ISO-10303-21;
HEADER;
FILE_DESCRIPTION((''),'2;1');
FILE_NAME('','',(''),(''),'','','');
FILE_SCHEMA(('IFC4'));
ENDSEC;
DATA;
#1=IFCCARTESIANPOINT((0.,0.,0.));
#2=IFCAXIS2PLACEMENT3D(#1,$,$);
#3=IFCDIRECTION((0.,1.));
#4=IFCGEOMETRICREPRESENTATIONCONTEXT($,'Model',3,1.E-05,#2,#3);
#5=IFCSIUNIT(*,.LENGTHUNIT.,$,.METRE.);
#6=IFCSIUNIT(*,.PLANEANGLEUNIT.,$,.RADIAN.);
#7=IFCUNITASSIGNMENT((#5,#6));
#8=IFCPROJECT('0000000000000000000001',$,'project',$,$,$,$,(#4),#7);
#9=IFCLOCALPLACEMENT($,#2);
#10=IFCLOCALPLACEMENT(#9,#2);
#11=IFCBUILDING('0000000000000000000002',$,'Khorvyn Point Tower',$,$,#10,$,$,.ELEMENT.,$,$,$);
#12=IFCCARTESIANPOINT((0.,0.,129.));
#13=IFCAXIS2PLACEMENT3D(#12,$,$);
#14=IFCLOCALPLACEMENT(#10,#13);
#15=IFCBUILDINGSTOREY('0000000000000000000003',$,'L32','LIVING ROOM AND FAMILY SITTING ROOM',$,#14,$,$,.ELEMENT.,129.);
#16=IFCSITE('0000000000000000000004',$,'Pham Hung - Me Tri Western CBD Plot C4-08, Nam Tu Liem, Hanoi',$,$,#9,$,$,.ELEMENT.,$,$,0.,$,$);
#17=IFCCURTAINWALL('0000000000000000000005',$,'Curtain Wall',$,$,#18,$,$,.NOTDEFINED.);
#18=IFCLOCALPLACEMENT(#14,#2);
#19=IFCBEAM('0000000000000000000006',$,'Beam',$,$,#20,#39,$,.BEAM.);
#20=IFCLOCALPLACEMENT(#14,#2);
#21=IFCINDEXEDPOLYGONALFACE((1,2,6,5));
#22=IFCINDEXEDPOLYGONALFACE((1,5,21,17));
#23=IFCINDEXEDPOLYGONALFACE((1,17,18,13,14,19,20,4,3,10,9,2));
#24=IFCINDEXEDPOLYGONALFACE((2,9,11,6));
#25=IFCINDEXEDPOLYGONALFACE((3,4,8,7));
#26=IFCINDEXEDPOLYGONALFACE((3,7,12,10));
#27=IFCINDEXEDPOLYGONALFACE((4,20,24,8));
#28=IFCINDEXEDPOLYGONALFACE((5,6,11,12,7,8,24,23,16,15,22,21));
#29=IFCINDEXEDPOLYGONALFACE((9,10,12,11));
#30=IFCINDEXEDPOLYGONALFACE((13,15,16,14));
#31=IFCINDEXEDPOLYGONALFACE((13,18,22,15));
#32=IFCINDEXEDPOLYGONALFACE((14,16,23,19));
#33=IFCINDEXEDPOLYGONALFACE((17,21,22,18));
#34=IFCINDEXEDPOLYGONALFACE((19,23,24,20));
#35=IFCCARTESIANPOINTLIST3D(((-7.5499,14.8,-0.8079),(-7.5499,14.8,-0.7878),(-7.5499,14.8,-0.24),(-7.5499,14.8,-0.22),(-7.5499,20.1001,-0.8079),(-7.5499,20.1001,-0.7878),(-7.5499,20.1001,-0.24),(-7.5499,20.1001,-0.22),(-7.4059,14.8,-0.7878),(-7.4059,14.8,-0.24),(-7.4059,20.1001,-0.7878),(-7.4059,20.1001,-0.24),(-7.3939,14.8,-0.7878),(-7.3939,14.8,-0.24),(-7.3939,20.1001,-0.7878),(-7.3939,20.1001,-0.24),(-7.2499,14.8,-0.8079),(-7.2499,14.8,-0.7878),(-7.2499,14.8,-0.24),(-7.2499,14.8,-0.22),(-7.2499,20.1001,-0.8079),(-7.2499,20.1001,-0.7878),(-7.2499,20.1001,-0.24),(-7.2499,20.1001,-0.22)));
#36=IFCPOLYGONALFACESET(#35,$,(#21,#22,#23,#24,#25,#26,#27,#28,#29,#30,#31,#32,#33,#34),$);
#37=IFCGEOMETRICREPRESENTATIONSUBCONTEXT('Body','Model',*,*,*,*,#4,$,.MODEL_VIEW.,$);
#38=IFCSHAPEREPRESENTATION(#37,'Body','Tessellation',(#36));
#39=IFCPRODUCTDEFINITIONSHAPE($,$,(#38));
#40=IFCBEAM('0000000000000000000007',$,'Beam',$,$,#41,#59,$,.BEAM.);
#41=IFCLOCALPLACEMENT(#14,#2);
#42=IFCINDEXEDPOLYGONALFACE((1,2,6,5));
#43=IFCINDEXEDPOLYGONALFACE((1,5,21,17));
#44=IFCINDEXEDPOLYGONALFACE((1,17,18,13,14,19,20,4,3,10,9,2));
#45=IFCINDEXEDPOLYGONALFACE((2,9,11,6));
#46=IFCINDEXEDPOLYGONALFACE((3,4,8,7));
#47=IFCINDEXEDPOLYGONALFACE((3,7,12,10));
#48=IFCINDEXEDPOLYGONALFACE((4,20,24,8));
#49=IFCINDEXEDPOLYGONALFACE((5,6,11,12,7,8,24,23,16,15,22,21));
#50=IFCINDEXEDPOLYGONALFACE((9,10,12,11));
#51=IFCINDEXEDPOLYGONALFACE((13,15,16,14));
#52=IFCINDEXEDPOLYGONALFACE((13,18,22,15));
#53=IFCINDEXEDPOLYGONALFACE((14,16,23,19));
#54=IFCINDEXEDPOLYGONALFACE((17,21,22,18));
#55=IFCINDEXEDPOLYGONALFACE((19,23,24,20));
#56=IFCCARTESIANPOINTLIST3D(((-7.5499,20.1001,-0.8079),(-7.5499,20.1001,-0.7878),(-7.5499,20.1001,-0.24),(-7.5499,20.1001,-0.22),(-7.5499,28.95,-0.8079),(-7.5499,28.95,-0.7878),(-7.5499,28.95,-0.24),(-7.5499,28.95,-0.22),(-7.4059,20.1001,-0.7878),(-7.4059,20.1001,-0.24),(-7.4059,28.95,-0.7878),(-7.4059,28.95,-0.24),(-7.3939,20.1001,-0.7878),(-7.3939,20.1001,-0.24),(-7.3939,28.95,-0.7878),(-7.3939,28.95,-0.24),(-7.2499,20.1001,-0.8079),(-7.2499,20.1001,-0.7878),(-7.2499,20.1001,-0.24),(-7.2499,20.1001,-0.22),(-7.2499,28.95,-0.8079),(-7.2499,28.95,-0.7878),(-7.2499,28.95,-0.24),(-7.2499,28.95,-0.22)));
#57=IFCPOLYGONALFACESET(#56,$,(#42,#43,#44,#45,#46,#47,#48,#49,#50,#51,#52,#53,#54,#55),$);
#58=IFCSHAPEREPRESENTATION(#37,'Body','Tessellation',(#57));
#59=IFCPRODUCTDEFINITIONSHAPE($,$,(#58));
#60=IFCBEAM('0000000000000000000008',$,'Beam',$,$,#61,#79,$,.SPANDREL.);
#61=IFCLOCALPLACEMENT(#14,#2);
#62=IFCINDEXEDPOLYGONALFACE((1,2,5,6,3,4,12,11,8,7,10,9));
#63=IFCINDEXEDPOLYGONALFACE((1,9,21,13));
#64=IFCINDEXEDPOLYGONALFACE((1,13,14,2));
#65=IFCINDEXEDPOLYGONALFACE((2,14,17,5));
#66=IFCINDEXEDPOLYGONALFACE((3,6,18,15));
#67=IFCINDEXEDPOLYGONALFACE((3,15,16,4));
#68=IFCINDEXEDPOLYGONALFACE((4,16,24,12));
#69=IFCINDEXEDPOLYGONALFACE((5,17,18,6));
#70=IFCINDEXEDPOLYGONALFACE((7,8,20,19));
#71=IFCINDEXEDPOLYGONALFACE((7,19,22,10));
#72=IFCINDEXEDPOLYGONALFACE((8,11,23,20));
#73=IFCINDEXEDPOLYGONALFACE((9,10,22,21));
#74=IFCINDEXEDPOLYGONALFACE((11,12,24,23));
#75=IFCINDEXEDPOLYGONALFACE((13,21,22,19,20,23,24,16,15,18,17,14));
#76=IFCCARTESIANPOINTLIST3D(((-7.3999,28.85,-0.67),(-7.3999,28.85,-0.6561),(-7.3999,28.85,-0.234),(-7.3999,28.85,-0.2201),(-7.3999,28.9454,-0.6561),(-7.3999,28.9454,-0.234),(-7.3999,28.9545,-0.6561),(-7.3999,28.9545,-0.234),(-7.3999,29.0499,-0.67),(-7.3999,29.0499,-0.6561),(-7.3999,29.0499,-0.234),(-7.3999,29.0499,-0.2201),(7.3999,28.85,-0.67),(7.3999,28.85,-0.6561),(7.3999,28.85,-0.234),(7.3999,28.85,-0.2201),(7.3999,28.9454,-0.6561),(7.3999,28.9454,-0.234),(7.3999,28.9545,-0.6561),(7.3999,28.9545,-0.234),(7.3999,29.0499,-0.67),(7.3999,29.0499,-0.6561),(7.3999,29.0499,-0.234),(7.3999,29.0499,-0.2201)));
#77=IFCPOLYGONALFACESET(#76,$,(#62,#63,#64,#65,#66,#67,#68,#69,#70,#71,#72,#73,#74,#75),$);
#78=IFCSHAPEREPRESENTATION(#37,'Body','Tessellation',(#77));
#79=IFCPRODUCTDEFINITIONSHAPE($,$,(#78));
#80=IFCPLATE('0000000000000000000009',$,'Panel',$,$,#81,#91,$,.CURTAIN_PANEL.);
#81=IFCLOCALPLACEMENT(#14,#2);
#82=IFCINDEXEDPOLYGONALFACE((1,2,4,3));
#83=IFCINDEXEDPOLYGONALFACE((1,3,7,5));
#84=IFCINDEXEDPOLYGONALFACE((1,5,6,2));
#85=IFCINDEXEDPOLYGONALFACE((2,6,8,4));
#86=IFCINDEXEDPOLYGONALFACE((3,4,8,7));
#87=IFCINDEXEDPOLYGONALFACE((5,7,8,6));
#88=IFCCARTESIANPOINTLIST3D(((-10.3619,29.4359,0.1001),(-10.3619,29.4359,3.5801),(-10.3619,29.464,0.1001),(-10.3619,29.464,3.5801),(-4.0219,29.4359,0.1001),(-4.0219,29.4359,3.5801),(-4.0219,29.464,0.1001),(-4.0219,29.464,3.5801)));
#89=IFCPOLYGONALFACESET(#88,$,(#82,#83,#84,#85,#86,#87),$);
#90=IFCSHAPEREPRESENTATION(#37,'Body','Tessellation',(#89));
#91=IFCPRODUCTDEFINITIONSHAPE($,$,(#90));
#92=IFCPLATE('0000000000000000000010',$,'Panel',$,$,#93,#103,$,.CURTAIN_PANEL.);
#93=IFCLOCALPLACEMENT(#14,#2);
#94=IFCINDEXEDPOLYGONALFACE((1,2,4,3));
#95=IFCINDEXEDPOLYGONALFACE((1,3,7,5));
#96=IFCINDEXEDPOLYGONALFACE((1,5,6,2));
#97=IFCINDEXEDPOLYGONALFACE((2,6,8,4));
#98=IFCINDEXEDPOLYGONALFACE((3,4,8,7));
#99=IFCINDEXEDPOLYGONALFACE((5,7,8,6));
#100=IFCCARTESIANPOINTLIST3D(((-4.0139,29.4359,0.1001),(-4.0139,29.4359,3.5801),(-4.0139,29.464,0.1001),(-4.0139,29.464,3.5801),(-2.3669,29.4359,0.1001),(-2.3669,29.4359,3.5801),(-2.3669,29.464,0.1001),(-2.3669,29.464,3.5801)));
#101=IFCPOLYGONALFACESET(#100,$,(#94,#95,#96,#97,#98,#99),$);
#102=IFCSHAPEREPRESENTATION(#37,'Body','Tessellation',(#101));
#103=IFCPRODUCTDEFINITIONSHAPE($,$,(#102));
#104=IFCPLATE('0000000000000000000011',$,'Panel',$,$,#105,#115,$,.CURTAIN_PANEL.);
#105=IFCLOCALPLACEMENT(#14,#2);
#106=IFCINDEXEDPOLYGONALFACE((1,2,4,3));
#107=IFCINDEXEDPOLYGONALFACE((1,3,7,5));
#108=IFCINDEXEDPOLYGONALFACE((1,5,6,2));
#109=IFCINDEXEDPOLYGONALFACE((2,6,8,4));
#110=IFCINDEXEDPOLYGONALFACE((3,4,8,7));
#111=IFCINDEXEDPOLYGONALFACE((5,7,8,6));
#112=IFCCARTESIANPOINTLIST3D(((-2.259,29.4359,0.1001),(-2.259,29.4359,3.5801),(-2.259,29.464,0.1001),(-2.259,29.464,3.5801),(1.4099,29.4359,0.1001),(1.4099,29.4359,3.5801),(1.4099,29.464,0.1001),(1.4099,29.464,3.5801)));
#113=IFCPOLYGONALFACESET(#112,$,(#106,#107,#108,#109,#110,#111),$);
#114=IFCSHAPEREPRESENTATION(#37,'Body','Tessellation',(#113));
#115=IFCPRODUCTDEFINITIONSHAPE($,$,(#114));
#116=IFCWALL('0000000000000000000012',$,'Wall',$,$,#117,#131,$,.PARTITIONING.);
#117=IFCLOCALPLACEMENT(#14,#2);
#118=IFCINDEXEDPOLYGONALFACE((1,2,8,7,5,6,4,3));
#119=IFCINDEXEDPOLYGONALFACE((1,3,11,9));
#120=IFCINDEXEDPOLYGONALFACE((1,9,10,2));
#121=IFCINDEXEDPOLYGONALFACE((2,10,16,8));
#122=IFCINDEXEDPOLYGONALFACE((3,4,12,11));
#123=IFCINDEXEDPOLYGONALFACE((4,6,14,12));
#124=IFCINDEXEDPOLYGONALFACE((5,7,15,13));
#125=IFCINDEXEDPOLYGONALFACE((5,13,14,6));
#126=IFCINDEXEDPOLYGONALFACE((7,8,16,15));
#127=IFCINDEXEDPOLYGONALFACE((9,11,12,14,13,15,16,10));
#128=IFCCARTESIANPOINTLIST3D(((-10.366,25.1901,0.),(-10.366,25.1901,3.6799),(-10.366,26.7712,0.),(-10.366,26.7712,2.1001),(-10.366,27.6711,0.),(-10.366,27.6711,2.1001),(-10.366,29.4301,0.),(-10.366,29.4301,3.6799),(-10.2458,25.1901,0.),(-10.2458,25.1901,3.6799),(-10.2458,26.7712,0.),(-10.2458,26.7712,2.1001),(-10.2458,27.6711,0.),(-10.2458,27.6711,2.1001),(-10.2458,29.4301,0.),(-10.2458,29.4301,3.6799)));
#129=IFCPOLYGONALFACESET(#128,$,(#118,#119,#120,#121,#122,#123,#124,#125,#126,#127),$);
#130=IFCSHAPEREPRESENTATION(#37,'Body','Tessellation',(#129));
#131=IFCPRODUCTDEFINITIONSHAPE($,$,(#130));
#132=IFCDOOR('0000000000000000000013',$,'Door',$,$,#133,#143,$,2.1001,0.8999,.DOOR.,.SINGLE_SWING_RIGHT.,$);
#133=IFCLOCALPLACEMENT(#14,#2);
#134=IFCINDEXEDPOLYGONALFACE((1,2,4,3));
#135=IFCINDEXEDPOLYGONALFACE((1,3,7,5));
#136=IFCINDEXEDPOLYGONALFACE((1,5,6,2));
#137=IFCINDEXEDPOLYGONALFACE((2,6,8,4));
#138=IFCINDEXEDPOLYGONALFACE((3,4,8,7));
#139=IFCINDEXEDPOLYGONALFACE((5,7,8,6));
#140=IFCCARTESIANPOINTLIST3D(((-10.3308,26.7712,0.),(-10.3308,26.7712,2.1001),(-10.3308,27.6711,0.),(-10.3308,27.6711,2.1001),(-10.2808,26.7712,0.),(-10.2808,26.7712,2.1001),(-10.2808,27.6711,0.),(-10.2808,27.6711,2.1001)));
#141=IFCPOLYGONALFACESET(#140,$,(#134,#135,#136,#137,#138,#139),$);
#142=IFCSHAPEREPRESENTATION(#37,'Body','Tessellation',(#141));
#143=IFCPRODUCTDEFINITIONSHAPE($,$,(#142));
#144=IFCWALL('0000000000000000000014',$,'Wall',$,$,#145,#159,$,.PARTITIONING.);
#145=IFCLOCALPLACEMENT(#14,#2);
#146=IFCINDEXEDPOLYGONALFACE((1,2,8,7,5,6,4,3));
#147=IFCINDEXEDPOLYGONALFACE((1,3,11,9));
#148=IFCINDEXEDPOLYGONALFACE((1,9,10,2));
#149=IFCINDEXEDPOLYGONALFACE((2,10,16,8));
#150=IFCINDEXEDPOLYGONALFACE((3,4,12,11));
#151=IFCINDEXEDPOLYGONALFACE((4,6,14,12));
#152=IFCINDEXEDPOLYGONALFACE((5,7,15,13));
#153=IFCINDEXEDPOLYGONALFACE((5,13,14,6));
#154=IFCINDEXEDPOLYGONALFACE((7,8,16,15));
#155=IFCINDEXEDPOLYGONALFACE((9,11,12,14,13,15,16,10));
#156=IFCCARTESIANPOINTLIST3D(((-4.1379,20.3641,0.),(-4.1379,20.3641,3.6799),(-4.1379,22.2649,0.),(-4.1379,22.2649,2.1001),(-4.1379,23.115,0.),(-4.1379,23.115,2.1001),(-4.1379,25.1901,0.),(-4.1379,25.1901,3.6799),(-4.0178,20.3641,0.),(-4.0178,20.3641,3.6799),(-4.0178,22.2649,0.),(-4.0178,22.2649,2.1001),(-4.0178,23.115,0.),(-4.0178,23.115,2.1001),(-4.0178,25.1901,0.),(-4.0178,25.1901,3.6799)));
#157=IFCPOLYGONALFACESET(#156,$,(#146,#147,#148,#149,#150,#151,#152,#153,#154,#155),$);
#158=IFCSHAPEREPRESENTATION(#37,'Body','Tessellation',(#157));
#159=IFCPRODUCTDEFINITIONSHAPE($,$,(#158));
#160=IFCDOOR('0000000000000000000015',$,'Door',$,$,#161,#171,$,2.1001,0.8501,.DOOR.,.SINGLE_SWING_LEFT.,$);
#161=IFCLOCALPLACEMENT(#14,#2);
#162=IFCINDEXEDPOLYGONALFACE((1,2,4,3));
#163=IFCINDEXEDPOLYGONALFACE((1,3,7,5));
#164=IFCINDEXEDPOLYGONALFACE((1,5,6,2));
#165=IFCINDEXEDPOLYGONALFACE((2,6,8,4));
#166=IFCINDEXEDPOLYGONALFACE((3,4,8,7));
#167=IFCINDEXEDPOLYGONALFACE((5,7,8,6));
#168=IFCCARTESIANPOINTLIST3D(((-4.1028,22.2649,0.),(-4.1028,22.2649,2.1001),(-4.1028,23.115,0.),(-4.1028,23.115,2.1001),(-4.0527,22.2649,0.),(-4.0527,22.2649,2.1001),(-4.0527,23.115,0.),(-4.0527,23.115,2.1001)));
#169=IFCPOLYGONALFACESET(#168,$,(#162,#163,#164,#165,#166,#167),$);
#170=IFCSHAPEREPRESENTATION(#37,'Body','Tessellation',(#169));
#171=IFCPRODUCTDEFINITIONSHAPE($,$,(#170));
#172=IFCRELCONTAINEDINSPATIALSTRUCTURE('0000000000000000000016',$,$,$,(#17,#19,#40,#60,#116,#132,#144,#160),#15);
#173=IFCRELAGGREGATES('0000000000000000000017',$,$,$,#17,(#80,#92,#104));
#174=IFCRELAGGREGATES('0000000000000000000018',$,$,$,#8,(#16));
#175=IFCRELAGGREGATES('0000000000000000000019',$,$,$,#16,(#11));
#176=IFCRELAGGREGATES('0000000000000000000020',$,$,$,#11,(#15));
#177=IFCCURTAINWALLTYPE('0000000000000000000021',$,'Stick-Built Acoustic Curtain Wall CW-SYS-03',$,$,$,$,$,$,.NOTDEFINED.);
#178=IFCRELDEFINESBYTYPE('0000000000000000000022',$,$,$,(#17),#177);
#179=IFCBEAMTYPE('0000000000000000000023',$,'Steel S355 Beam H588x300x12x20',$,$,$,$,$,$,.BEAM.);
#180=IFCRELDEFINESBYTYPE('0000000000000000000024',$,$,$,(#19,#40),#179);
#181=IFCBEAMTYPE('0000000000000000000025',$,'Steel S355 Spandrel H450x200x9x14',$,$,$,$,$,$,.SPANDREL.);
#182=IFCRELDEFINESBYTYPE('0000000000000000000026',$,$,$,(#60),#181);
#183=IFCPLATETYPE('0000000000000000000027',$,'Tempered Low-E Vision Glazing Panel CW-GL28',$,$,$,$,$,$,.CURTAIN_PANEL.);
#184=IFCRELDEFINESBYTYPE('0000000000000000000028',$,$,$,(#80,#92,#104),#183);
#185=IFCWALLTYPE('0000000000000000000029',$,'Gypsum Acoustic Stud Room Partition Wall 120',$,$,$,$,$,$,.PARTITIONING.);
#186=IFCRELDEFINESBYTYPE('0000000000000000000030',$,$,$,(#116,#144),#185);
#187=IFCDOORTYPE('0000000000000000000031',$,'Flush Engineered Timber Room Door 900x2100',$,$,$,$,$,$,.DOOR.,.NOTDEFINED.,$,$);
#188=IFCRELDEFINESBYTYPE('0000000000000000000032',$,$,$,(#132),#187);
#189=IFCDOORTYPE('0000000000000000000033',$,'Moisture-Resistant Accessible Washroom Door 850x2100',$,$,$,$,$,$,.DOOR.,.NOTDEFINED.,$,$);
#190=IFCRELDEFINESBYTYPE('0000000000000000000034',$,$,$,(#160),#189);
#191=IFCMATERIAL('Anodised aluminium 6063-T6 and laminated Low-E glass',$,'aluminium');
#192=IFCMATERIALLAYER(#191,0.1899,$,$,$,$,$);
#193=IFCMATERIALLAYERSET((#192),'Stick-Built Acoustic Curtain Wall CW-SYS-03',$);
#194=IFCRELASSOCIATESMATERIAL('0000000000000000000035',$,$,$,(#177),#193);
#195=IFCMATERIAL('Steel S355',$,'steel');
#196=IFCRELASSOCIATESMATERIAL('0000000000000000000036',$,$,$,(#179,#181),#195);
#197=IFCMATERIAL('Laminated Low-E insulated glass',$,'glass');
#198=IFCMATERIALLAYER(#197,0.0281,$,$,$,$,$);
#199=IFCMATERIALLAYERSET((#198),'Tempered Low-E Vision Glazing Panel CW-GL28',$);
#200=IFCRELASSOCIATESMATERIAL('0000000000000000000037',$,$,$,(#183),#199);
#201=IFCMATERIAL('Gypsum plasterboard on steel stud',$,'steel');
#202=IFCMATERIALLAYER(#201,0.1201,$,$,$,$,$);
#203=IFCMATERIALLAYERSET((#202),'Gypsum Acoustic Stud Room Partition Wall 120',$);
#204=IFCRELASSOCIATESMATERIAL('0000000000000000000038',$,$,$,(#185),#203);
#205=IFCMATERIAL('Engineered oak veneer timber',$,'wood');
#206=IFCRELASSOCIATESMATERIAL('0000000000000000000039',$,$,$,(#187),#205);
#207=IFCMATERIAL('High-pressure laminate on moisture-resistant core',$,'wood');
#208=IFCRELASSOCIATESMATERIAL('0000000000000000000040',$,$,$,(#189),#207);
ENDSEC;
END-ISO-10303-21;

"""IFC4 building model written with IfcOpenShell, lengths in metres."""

from ifc_helpers import new_model, si_unit, direction, frame, frame_2d, origin, origin_2d, place, context, subcontext, project, spatial, rectangle, i_section, extrude, material, layer, layer_set, material_profile, profile_set, type_object, element, fill, aggregate, save


model = new_model("IFC4")

# Units and contexts
model_context = context("Model", 3, precision=1e-05, world=origin(), true_north=direction((0.0, 1.0)))
body_context = subcontext(model_context, "Body", "Model", "MODEL_VIEW")
ifc_project = project(units=[si_unit("LENGTHUNIT", "METRE"), si_unit("PLANEANGLEUNIT", "RADIAN")], contexts=[model_context])

# Site, building, storey
site_placement = place(None, origin())
site = spatial("IfcSite", under=ifc_project, at=site_placement, Name="Pham Hung - Me Tri Western CBD Plot C4-08, Nam Tu Liem, Hanoi", CompositionType="ELEMENT", RefElevation=0.0)
building_placement = place(site_placement, origin())
building = spatial("IfcBuilding", under=site, at=building_placement, Name="Khorvyn Point Tower", CompositionType="ELEMENT")
storey_placement = place(building_placement, frame((0.0, 0.0, 129.0)))
storey = spatial("IfcBuildingStorey", under=building, at=storey_placement, Name="L32", Description="LIVING ROOM AND FAMILY SITTING ROOM", CompositionType="ELEMENT", Elevation=129.0)

# Curtain wall
ifc_material_1 = material(Name="Anodised aluminium 6063-T6 and laminated Low-E glass", Category="aluminium")
ifc_layer_1 = layer(ifc_material_1, 0.1899)
ifc_layer_set_1 = layer_set([ifc_layer_1], Name="Stick-Built Acoustic Curtain Wall CW-SYS-03")
curtain_wall_type = type_object("IfcCurtainWallType", Name="Stick-Built Acoustic Curtain Wall CW-SYS-03", PredefinedType="NOTDEFINED", material=ifc_layer_set_1)
curtain_wall_placement = place(storey_placement, origin())
curtain_wall = element("IfcCurtainWall", 1, at=curtain_wall_placement, inside=storey, type_object=curtain_wall_type, Name="Curtain Wall", PredefinedType="NOTDEFINED")

# Beams
ifc_material_2 = material(Name="Steel S355", Category="steel")
ifc_material_profile_1 = material_profile(ifc_material_2, i_section(OverallWidth=0.3, OverallDepth=0.5879, WebThickness=0.012, FlangeThickness=0.02, at=origin_2d()))
ifc_profile_set_1 = profile_set([ifc_material_profile_1], Name="Steel S355 H588x300x12x20")
beam_type_1 = type_object("IfcBeamType", Name="Steel S355 Beam H588x300x12x20", PredefinedType="BEAM", material=ifc_profile_set_1)
beam_1_placement = place(storey_placement, frame((-7.3999, 14.8, -0.5139), z_axis=(0.0, 1.0, 0.0), x_axis=(-1.0, 0.0, 0.0)))
element("IfcBeam", 2, at=beam_1_placement, inside=storey, type_object=beam_type_1, Name="Beam", PredefinedType="BEAM", context=body_context, shape_type="SweptSolid", body=[
    extrude(i_section(OverallWidth=0.3, OverallDepth=0.5879, WebThickness=0.012, FlangeThickness=0.02, at=origin_2d()), origin(), (0.0, 0.0, 1.0), 5.3),
])
beam_2_placement = place(storey_placement, frame((-7.3999, 20.1001, -0.5139), z_axis=(0.0, 1.0, 0.0), x_axis=(-1.0, 0.0, 0.0)))
element("IfcBeam", 3, at=beam_2_placement, inside=storey, type_object=beam_type_1, Name="Beam", PredefinedType="BEAM", context=body_context, shape_type="SweptSolid", body=[
    extrude(i_section(OverallWidth=0.3, OverallDepth=0.5879, WebThickness=0.012, FlangeThickness=0.02, at=origin_2d()), origin(), (0.0, 0.0, 1.0), 8.8499),
])
ifc_material_profile_2 = material_profile(ifc_material_2, i_section(OverallWidth=0.2, OverallDepth=0.45, WebThickness=0.009, FlangeThickness=0.0139, at=origin_2d()))
ifc_profile_set_2 = profile_set([ifc_material_profile_2], Name="Steel S355 H450x200x9x14")
beam_type_2 = type_object("IfcBeamType", Name="Steel S355 Spandrel H450x200x9x14", PredefinedType="SPANDREL", material=ifc_profile_set_2)
beam_3_placement = place(storey_placement, frame((-7.3999, 28.95, -0.4451), z_axis=(1.0, 0.0, 0.0), x_axis=(0.0, 1.0, 0.0)))
element("IfcBeam", 4, at=beam_3_placement, inside=storey, type_object=beam_type_2, Name="Beam", PredefinedType="SPANDREL", context=body_context, shape_type="SweptSolid", body=[
    extrude(i_section(OverallWidth=0.2, OverallDepth=0.45, WebThickness=0.009, FlangeThickness=0.0139, at=origin_2d()), origin(), (0.0, 0.0, 1.0), 14.7998),
])

# Plates
ifc_material_3 = material(Name="Laminated Low-E insulated glass", Category="glass")
ifc_layer_2 = layer(ifc_material_3, 0.0281)
ifc_layer_set_2 = layer_set([ifc_layer_2], Name="Tempered Low-E Vision Glazing Panel CW-GL28")
plate_type = type_object("IfcPlateType", Name="Tempered Low-E Vision Glazing Panel CW-GL28", PredefinedType="CURTAIN_PANEL", material=ifc_layer_set_2)
plate_1_placement = place(storey_placement, frame((-7.1919, 29.45, 0.1001), z_axis=(0.0, 0.0, 1.0), x_axis=(1.0, 0.0, 0.0)))
plate_1 = element("IfcPlate", 5, at=plate_1_placement, type_object=plate_type, Name="Panel", PredefinedType="CURTAIN_PANEL", context=body_context, shape_type="SweptSolid", body=[
    extrude(rectangle(XDim=6.3401, YDim=0.0281, at=origin_2d()), origin(), (0.0, 0.0, 1.0), 3.48),
])
plate_2_placement = place(storey_placement, frame((-3.1904, 29.45, 0.1001), z_axis=(0.0, 0.0, 1.0), x_axis=(1.0, 0.0, 0.0)))
plate_2 = element("IfcPlate", 6, at=plate_2_placement, type_object=plate_type, Name="Panel", PredefinedType="CURTAIN_PANEL", context=body_context, shape_type="SweptSolid", body=[
    extrude(rectangle(XDim=1.647, YDim=0.0281, at=origin_2d()), origin(), (0.0, 0.0, 1.0), 3.48),
])
plate_3_placement = place(storey_placement, frame((-0.4246, 29.45, 0.1001), z_axis=(0.0, 0.0, 1.0), x_axis=(1.0, 0.0, 0.0)))
plate_3 = element("IfcPlate", 7, at=plate_3_placement, type_object=plate_type, Name="Panel", PredefinedType="CURTAIN_PANEL", context=body_context, shape_type="SweptSolid", body=[
    extrude(rectangle(XDim=3.6689, YDim=0.0281, at=origin_2d()), origin(), (0.0, 0.0, 1.0), 3.48),
])
aggregate(curtain_wall, [plate_1, plate_2, plate_3])

# Walls, openings, doors
ifc_material_4 = material(Name="Gypsum plasterboard on steel stud", Category="steel")
ifc_layer_3 = layer(ifc_material_4, 0.1201)
ifc_layer_set_3 = layer_set([ifc_layer_3], Name="Gypsum Acoustic Stud Room Partition Wall 120")
wall_type_1 = type_object("IfcWallType", Name="Gypsum Acoustic Stud Room Partition Wall 120", PredefinedType="PARTITIONING", material=ifc_layer_set_3)
wall_1_placement = place(storey_placement, frame((-10.3059, 25.1899, 0.0), z_axis=(0.0, 0.0, 1.0), x_axis=(0.0, 1.0, 0.0)))
wall_1 = element("IfcWall", 8, at=wall_1_placement, inside=storey, type_object=wall_type_1, Name="Wall", PredefinedType="PARTITIONING", context=body_context, shape_type="SweptSolid", body=[
    extrude(rectangle(XDim=4.24, YDim=0.1201, at=frame_2d((2.1201, 0.0))), origin(), (0.0, 0.0, 1.0), 3.6799),
])
opening_1_placement = place(wall_1_placement, frame((1.5813, 0.0, 0.0)))
opening_1 = element("IfcOpeningElement", 9, at=opening_1_placement, cuts=wall_1, PredefinedType="OPENING", context=body_context, shape_type="SweptSolid", body=[
    extrude(rectangle(XDim=0.8999, YDim=2.1001, at=frame_2d((0.45, 1.05))), frame((0.0, 0.0701, 0.0), z_axis=(0.0, -1.0, 0.0), x_axis=(1.0, 0.0, 0.0)), (0.0, 0.0, 1.0), 0.1401),
])
ifc_material_5 = material(Name="Engineered oak veneer timber", Category="wood")
door_type_1 = type_object("IfcDoorType", Name="Flush Engineered Timber Room Door 900x2100", OperationType="NOTDEFINED", PredefinedType="DOOR", material=ifc_material_5)
door_1_placement = place(opening_1_placement, origin())
door_1 = element("IfcDoor", 10, at=door_1_placement, inside=storey, type_object=door_type_1, Name="Door", OperationType="SINGLE_SWING_RIGHT", OverallHeight=2.1001, OverallWidth=0.8999, PredefinedType="DOOR", context=body_context, shape_type="SweptSolid", body=[
    extrude(rectangle(XDim=0.8999, YDim=2.1001, at=frame_2d((0.45, 1.05))), frame((0.0, 0.0249, 0.0), z_axis=(0.0, -1.0, 0.0), x_axis=(1.0, 0.0, 0.0)), (0.0, 0.0, 1.0), 0.05),
])
fill(opening_1, door_1)
wall_2_placement = place(storey_placement, frame((-4.0779, 20.364, 0.0), z_axis=(0.0, 0.0, 1.0), x_axis=(0.0, 1.0, 0.0)))
wall_2 = element("IfcWall", 11, at=wall_2_placement, inside=storey, type_object=wall_type_1, Name="Wall", PredefinedType="PARTITIONING", context=body_context, shape_type="SweptSolid", body=[
    extrude(rectangle(XDim=4.8259, YDim=0.1201, at=frame_2d((2.4131, 0.0))), origin(), (0.0, 0.0, 1.0), 3.6799),
])
opening_2_placement = place(wall_2_placement, frame((1.9009, 0.0, 0.0)))
opening_2 = element("IfcOpeningElement", 12, at=opening_2_placement, cuts=wall_2, PredefinedType="OPENING", context=body_context, shape_type="SweptSolid", body=[
    extrude(rectangle(XDim=0.8501, YDim=2.1001, at=frame_2d((0.425, 1.05))), frame((0.0, 0.0701, 0.0), z_axis=(0.0, -1.0, 0.0), x_axis=(1.0, 0.0, 0.0)), (0.0, 0.0, 1.0), 0.1401),
])
ifc_material_6 = material(Name="High-pressure laminate on moisture-resistant core", Category="wood")
door_type_2 = type_object("IfcDoorType", Name="Moisture-Resistant Accessible Washroom Door 850x2100", OperationType="NOTDEFINED", PredefinedType="DOOR", material=ifc_material_6)
door_2_placement = place(opening_2_placement, origin())
door_2 = element("IfcDoor", 13, at=door_2_placement, inside=storey, type_object=door_type_2, Name="Door", OperationType="SINGLE_SWING_LEFT", OverallHeight=2.1001, OverallWidth=0.8501, PredefinedType="DOOR", context=body_context, shape_type="SweptSolid", body=[
    extrude(rectangle(XDim=0.8501, YDim=2.1001, at=frame_2d((0.425, 1.05))), frame((0.0, 0.0249, 0.0), z_axis=(0.0, -1.0, 0.0), x_axis=(1.0, 0.0, 0.0)), (0.0, 0.0, 1.0), 0.05),
])
fill(opening_2, door_2)

save(model, "model.ifc")
